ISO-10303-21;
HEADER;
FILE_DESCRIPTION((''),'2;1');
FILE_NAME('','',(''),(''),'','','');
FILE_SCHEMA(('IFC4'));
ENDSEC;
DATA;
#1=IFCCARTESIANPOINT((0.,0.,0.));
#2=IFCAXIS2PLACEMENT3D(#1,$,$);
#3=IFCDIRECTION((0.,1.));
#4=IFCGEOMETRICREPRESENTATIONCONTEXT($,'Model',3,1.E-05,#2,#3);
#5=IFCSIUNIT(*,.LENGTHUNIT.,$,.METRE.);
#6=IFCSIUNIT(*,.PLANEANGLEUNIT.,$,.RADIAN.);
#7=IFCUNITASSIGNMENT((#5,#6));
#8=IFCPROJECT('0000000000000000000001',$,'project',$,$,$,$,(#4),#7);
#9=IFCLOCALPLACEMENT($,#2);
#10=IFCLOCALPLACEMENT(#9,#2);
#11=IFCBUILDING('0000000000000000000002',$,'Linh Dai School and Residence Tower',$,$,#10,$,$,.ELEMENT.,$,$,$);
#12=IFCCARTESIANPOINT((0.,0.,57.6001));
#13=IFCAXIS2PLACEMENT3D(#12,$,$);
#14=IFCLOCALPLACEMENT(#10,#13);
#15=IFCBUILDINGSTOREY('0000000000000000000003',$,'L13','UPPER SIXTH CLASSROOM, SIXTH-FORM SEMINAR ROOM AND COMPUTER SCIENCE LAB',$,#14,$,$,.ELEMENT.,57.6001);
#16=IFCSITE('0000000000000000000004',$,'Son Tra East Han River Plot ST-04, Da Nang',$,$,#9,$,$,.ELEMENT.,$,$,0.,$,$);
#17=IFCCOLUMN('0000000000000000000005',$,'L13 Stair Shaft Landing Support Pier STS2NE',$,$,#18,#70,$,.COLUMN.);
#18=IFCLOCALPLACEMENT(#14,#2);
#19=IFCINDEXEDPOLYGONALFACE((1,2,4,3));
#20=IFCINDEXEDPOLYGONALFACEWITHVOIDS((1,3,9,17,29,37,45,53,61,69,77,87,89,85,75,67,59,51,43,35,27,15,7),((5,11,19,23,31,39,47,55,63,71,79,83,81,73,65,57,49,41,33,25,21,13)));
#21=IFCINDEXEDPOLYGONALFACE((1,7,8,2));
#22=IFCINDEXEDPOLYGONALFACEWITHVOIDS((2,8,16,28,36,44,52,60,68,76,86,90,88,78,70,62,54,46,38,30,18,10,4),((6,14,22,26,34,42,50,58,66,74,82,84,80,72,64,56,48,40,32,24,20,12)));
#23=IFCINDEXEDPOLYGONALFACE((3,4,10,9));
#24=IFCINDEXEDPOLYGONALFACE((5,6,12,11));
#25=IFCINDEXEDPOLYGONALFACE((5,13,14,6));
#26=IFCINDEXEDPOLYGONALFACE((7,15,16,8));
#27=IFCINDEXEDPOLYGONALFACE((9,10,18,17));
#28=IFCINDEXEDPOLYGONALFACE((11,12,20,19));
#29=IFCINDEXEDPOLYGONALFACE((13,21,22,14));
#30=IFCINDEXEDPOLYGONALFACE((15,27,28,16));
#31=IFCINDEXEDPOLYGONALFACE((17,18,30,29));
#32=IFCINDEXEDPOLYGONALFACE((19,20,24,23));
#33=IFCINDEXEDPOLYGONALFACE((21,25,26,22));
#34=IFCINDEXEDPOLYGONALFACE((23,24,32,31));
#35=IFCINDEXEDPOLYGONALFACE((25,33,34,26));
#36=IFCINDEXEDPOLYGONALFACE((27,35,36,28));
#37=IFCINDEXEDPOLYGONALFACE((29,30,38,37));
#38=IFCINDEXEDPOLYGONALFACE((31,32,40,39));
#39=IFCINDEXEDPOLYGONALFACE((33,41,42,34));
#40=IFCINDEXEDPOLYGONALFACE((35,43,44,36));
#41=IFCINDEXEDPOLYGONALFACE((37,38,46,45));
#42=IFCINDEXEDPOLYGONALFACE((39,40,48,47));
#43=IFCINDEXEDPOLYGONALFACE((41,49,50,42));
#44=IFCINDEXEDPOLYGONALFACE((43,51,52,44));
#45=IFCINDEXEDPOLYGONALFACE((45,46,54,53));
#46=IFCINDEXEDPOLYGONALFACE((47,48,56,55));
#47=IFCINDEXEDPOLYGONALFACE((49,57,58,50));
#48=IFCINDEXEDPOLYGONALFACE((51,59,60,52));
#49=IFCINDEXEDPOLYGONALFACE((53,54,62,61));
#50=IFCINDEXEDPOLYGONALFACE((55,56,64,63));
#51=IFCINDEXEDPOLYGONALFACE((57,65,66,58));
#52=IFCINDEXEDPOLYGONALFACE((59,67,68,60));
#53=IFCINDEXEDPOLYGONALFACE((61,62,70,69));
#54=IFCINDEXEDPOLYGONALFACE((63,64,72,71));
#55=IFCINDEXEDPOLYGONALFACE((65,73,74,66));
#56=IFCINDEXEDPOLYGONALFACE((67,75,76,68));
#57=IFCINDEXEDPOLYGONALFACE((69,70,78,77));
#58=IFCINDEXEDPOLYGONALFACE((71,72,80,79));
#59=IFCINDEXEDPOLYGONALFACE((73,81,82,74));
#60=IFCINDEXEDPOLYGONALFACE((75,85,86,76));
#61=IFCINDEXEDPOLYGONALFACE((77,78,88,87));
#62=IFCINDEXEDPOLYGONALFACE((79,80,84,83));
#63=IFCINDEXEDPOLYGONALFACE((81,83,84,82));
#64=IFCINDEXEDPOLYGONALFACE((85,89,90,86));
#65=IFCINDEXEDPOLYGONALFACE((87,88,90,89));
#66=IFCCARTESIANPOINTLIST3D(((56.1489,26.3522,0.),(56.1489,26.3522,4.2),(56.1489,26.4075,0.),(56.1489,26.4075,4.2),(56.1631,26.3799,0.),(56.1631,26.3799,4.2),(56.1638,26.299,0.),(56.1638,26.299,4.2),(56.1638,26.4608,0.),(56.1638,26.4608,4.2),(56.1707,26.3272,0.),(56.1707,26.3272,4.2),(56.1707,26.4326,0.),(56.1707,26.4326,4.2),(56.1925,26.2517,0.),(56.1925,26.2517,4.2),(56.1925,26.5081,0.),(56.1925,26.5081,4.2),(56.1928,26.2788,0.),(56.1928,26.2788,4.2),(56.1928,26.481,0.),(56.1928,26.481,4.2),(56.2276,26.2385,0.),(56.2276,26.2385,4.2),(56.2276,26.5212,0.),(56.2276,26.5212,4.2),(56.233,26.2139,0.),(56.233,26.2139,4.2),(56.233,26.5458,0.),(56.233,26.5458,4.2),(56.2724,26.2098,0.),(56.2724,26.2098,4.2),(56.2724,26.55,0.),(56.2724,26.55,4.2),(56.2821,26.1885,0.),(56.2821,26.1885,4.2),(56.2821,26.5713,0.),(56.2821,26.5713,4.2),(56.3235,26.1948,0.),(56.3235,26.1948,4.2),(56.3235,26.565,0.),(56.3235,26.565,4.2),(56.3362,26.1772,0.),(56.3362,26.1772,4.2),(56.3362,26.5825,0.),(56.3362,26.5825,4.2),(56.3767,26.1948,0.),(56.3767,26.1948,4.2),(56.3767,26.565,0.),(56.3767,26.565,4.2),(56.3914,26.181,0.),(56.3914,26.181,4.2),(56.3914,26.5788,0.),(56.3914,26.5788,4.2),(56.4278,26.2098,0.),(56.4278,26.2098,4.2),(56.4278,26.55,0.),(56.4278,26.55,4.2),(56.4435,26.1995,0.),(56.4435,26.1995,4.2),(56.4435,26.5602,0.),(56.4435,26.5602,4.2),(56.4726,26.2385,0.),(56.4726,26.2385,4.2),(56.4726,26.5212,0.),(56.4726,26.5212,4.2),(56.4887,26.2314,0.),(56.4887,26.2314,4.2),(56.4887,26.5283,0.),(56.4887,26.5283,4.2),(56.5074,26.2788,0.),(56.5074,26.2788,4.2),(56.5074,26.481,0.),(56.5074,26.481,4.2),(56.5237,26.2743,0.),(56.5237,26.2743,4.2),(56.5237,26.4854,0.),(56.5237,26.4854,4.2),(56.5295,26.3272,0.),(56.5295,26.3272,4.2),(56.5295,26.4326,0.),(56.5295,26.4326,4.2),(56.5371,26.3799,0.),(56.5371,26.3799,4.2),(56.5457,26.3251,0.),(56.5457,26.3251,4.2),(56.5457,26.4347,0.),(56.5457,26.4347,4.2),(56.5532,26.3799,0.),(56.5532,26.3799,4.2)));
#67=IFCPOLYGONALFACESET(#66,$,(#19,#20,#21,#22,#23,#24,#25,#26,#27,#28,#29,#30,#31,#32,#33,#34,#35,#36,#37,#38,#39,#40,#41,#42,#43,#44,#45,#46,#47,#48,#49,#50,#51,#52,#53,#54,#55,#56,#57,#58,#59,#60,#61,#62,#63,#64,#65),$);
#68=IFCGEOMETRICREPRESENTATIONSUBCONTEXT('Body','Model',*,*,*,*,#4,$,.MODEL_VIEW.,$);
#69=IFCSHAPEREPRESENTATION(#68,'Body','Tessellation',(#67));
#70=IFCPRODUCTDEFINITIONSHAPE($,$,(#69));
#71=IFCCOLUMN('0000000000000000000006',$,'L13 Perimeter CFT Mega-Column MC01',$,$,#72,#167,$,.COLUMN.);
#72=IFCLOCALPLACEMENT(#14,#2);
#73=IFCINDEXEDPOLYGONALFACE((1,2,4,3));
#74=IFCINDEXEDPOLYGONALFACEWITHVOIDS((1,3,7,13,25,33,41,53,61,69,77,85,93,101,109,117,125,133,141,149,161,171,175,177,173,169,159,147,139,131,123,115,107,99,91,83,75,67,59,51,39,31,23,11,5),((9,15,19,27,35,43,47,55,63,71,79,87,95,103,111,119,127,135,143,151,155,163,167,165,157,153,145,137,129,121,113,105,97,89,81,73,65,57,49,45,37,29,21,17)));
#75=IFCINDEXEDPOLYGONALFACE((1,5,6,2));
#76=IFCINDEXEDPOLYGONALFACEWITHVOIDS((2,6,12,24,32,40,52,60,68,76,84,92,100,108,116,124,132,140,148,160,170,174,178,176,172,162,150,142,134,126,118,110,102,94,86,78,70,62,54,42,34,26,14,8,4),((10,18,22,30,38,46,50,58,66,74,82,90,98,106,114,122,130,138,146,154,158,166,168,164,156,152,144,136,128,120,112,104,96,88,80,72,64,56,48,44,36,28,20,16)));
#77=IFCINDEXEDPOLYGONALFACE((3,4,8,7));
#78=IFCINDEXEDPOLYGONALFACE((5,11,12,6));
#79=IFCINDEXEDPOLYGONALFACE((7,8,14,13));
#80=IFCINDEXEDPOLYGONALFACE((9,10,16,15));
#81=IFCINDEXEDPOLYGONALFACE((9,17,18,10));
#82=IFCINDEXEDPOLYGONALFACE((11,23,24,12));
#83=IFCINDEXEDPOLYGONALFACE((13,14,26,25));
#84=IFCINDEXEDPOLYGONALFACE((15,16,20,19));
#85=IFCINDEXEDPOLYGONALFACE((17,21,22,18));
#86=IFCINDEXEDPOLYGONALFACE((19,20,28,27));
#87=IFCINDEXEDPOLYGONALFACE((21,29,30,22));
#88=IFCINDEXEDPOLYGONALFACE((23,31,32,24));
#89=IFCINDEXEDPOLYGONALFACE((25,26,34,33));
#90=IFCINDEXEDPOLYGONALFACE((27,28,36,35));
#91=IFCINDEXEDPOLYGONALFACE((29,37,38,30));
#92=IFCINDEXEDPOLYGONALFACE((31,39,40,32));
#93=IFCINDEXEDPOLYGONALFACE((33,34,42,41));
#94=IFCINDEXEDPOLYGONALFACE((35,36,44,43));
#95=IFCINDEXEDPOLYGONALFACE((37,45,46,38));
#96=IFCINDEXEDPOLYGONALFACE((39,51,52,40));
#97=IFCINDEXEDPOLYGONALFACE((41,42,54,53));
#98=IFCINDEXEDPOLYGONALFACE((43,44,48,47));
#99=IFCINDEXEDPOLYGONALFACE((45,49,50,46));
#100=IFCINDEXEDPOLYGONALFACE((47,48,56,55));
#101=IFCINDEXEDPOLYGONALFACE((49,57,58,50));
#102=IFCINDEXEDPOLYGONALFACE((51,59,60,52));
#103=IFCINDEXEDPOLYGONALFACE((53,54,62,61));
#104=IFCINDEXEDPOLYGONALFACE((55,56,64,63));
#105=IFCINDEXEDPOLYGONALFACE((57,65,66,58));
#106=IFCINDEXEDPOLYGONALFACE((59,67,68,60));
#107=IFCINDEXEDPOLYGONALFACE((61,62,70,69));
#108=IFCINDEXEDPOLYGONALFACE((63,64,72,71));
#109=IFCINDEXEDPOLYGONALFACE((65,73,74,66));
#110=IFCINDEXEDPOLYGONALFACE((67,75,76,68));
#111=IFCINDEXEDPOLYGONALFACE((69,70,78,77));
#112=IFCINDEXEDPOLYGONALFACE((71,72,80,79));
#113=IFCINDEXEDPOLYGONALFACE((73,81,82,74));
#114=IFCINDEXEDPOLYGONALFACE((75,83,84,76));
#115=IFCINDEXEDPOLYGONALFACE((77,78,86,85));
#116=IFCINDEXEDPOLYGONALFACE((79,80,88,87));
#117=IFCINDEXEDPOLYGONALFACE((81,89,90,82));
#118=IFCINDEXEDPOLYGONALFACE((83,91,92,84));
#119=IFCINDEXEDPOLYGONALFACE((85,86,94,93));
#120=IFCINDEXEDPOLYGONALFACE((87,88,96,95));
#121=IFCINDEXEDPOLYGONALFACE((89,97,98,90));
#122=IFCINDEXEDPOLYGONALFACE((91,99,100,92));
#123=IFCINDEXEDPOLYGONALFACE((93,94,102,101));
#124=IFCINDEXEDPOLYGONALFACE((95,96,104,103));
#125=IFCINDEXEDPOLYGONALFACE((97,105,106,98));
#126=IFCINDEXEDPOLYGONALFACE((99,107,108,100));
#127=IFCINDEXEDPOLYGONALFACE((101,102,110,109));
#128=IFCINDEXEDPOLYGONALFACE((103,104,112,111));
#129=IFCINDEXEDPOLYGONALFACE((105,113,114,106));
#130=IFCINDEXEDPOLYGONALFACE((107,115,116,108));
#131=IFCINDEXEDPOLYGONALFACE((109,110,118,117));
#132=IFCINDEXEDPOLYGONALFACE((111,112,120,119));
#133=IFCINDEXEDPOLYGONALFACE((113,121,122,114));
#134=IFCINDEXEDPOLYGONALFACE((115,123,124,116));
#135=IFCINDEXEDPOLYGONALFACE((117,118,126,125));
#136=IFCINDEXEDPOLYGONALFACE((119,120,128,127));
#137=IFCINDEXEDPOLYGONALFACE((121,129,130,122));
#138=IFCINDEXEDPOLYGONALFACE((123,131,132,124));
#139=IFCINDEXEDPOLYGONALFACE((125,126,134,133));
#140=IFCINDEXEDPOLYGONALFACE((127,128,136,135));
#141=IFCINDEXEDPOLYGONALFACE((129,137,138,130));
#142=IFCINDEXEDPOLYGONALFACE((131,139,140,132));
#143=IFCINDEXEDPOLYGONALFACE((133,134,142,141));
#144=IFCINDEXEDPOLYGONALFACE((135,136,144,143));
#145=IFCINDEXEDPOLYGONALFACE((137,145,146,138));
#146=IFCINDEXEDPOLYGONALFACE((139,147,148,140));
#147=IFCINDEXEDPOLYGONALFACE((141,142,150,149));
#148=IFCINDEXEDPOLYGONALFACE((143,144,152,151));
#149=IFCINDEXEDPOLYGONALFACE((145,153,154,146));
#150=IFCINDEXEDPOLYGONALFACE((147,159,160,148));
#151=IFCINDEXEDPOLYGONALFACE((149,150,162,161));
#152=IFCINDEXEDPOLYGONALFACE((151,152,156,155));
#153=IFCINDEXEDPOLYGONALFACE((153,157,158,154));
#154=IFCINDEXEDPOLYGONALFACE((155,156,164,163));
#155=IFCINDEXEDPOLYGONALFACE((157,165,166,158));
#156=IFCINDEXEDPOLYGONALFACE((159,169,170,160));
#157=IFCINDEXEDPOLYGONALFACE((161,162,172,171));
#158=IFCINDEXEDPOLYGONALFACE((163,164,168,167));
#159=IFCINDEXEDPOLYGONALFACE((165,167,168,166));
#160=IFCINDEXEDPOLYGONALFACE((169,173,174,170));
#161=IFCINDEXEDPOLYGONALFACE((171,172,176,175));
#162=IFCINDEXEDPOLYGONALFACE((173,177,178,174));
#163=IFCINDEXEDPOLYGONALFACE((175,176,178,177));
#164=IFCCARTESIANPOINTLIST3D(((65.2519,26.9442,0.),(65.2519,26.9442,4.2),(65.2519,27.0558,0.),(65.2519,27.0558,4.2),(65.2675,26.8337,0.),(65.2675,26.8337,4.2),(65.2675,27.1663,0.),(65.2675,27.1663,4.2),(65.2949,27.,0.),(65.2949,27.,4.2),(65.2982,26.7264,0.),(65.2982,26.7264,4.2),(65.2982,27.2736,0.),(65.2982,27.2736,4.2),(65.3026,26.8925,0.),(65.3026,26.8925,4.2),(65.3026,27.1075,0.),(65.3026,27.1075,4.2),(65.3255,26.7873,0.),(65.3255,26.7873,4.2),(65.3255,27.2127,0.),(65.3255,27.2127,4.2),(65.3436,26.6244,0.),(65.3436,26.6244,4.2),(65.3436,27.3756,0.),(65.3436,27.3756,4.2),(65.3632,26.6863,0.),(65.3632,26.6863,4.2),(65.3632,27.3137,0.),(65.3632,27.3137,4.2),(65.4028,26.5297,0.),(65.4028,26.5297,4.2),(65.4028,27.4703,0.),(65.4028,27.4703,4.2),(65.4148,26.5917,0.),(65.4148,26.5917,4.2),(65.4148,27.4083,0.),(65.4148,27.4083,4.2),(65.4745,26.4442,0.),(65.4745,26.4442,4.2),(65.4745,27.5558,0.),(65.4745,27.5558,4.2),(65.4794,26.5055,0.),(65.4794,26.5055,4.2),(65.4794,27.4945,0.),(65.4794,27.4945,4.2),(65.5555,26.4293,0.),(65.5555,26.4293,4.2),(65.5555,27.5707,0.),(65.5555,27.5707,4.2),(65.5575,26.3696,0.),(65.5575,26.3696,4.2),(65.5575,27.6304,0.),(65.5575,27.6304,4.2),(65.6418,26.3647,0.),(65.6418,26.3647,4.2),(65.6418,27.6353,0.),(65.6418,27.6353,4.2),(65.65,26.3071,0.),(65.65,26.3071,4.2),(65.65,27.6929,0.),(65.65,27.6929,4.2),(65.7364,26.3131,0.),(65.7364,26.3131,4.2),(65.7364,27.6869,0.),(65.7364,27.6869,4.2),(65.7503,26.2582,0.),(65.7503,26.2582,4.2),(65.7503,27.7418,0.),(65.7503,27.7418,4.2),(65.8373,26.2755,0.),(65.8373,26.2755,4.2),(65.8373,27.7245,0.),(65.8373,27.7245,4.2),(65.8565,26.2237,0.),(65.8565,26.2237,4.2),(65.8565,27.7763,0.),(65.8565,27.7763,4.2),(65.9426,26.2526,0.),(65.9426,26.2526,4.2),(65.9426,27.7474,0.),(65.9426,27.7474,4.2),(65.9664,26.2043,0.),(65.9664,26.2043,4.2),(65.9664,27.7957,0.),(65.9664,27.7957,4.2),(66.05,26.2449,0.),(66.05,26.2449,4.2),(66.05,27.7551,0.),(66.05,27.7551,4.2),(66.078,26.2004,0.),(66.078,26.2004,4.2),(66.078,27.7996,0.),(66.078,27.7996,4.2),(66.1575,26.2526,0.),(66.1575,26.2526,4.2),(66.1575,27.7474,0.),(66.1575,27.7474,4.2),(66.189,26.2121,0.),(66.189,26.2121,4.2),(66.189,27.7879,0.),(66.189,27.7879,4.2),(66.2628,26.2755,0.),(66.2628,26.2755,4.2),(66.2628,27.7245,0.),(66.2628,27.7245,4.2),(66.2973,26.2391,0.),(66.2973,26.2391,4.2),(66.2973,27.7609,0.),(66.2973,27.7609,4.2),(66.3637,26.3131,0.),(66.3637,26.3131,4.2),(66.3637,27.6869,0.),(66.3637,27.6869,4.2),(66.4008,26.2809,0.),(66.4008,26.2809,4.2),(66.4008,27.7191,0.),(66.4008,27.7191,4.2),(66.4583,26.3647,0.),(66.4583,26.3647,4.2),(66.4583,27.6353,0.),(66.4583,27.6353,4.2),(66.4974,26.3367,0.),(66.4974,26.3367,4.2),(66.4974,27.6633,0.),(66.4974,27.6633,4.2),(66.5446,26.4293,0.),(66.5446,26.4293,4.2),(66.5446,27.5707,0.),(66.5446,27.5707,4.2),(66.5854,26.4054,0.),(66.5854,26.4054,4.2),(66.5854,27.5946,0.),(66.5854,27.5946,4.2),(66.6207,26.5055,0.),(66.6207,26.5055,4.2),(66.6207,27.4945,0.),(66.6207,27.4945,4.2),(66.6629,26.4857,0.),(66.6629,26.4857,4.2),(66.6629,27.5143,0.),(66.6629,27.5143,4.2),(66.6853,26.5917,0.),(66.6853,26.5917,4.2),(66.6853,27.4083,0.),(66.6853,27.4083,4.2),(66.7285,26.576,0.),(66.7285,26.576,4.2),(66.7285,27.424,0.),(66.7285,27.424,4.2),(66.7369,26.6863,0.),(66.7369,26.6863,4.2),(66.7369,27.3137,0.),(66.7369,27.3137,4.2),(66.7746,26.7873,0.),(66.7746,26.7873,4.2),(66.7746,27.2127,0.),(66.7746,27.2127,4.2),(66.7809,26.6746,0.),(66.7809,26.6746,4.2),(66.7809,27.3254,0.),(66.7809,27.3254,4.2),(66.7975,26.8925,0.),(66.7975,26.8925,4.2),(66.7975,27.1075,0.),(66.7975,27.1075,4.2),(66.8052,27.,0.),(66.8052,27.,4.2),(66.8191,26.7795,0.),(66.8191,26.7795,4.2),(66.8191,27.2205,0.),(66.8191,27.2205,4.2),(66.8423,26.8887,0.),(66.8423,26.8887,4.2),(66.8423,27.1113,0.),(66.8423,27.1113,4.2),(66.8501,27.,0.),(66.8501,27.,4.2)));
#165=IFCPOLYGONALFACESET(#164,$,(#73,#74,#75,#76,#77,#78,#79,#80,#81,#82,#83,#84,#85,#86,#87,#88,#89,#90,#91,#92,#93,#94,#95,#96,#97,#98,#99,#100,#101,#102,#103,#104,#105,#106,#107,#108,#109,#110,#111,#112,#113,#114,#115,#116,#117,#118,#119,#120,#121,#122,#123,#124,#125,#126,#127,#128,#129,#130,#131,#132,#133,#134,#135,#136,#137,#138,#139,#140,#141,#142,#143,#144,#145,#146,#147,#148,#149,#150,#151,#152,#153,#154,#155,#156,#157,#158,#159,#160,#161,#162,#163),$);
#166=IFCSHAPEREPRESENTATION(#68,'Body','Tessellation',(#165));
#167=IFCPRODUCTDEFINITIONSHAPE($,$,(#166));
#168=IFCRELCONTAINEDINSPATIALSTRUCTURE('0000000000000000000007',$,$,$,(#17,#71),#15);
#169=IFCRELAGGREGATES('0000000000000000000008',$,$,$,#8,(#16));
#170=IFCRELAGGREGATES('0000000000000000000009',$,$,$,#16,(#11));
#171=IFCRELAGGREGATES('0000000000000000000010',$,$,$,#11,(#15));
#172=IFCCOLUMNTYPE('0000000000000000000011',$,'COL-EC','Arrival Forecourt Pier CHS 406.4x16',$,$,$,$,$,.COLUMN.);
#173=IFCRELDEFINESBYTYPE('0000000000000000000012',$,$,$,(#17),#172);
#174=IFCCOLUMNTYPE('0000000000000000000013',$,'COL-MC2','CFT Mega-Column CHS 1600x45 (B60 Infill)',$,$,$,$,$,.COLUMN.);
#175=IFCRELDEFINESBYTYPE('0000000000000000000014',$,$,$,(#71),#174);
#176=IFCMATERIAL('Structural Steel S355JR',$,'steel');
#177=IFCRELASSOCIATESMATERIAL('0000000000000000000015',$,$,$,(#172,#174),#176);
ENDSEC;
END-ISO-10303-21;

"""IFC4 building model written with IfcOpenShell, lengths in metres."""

from ifc_helpers import new_model, si_unit, direction, frame, origin, origin_2d, place, context, subcontext, project, spatial, hollow_circle, extrude, material, material_profile, profile_set, type_object, element, save


model = new_model("IFC4")

# Units and contexts
model_context = context("Model", 3, precision=1e-05, world=origin(), true_north=direction((0.0, 1.0)))
body_context = subcontext(model_context, "Body", "Model", "MODEL_VIEW")
ifc_project = project(units=[si_unit("LENGTHUNIT", "METRE"), si_unit("PLANEANGLEUNIT", "RADIAN")], contexts=[model_context])

# Site, building, storey
site_placement = place(None, origin())
site = spatial("IfcSite", under=ifc_project, at=site_placement, Name="Son Tra East Han River Plot ST-04, Da Nang", CompositionType="ELEMENT", RefElevation=0.0)
building_placement = place(site_placement, origin())
building = spatial("IfcBuilding", under=site, at=building_placement, Name="Linh Dai School and Residence Tower", CompositionType="ELEMENT")
storey_placement = place(building_placement, frame((0.0, 0.0, 57.6001)))
storey = spatial("IfcBuildingStorey", under=building, at=storey_placement, Name="L13", Description="UPPER SIXTH CLASSROOM, SIXTH-FORM SEMINAR ROOM AND COMPUTER SCIENCE LAB", CompositionType="ELEMENT", Elevation=57.6001)

# Columns
ifc_material_1 = material(Name="Structural Steel S355JR", Category="steel")
ifc_material_profile_1 = material_profile(ifc_material_1, hollow_circle(Radius=0.2031, WallThickness=0.0161, at=origin_2d()), Name="CHS 406.4x16")
ifc_profile_set_1 = profile_set([ifc_material_profile_1], Name="Structural Steel S355JR")
column_type_1 = type_object("IfcColumnType", Name="COL-EC", Description="Arrival Forecourt Pier CHS 406.4x16", PredefinedType="COLUMN", material=ifc_profile_set_1)
column_1_placement = place(storey_placement, frame((56.3501, 26.3799, 0.0), z_axis=(0.0, 0.0, 1.0), x_axis=(1.0, 0.0, 0.0)))
element("IfcColumn", 1, at=column_1_placement, inside=storey, type_object=column_type_1, Name="L13 Stair Shaft Landing Support Pier STS2NE", PredefinedType="COLUMN", context=body_context, shape_type="SweptSolid", body=[
    extrude(hollow_circle(Radius=0.2031, WallThickness=0.0161, at=origin_2d()), origin(), (0.0, 0.0, 1.0), 4.2),
])
ifc_material_profile_2 = material_profile(ifc_material_1, hollow_circle(Radius=0.8, WallThickness=0.0449, at=origin_2d()), Name="CHS 1600x45")
ifc_profile_set_2 = profile_set([ifc_material_profile_2], Name="Structural Steel S355JR")
column_type_2 = type_object("IfcColumnType", Name="COL-MC2", Description="CFT Mega-Column CHS 1600x45 (B60 Infill)", PredefinedType="COLUMN", material=ifc_profile_set_2)
column_2_placement = place(storey_placement, frame((66.05, 27.0, 0.0), z_axis=(0.0, 0.0, 1.0), x_axis=(1.0, 0.0, 0.0)))
element("IfcColumn", 2, at=column_2_placement, inside=storey, type_object=column_type_2, Name="L13 Perimeter CFT Mega-Column MC01", PredefinedType="COLUMN", context=body_context, shape_type="SweptSolid", body=[
    extrude(hollow_circle(Radius=0.8, WallThickness=0.0449, at=origin_2d()), origin(), (0.0, 0.0, 1.0), 4.2),
])

save(model, "model.ifc")
